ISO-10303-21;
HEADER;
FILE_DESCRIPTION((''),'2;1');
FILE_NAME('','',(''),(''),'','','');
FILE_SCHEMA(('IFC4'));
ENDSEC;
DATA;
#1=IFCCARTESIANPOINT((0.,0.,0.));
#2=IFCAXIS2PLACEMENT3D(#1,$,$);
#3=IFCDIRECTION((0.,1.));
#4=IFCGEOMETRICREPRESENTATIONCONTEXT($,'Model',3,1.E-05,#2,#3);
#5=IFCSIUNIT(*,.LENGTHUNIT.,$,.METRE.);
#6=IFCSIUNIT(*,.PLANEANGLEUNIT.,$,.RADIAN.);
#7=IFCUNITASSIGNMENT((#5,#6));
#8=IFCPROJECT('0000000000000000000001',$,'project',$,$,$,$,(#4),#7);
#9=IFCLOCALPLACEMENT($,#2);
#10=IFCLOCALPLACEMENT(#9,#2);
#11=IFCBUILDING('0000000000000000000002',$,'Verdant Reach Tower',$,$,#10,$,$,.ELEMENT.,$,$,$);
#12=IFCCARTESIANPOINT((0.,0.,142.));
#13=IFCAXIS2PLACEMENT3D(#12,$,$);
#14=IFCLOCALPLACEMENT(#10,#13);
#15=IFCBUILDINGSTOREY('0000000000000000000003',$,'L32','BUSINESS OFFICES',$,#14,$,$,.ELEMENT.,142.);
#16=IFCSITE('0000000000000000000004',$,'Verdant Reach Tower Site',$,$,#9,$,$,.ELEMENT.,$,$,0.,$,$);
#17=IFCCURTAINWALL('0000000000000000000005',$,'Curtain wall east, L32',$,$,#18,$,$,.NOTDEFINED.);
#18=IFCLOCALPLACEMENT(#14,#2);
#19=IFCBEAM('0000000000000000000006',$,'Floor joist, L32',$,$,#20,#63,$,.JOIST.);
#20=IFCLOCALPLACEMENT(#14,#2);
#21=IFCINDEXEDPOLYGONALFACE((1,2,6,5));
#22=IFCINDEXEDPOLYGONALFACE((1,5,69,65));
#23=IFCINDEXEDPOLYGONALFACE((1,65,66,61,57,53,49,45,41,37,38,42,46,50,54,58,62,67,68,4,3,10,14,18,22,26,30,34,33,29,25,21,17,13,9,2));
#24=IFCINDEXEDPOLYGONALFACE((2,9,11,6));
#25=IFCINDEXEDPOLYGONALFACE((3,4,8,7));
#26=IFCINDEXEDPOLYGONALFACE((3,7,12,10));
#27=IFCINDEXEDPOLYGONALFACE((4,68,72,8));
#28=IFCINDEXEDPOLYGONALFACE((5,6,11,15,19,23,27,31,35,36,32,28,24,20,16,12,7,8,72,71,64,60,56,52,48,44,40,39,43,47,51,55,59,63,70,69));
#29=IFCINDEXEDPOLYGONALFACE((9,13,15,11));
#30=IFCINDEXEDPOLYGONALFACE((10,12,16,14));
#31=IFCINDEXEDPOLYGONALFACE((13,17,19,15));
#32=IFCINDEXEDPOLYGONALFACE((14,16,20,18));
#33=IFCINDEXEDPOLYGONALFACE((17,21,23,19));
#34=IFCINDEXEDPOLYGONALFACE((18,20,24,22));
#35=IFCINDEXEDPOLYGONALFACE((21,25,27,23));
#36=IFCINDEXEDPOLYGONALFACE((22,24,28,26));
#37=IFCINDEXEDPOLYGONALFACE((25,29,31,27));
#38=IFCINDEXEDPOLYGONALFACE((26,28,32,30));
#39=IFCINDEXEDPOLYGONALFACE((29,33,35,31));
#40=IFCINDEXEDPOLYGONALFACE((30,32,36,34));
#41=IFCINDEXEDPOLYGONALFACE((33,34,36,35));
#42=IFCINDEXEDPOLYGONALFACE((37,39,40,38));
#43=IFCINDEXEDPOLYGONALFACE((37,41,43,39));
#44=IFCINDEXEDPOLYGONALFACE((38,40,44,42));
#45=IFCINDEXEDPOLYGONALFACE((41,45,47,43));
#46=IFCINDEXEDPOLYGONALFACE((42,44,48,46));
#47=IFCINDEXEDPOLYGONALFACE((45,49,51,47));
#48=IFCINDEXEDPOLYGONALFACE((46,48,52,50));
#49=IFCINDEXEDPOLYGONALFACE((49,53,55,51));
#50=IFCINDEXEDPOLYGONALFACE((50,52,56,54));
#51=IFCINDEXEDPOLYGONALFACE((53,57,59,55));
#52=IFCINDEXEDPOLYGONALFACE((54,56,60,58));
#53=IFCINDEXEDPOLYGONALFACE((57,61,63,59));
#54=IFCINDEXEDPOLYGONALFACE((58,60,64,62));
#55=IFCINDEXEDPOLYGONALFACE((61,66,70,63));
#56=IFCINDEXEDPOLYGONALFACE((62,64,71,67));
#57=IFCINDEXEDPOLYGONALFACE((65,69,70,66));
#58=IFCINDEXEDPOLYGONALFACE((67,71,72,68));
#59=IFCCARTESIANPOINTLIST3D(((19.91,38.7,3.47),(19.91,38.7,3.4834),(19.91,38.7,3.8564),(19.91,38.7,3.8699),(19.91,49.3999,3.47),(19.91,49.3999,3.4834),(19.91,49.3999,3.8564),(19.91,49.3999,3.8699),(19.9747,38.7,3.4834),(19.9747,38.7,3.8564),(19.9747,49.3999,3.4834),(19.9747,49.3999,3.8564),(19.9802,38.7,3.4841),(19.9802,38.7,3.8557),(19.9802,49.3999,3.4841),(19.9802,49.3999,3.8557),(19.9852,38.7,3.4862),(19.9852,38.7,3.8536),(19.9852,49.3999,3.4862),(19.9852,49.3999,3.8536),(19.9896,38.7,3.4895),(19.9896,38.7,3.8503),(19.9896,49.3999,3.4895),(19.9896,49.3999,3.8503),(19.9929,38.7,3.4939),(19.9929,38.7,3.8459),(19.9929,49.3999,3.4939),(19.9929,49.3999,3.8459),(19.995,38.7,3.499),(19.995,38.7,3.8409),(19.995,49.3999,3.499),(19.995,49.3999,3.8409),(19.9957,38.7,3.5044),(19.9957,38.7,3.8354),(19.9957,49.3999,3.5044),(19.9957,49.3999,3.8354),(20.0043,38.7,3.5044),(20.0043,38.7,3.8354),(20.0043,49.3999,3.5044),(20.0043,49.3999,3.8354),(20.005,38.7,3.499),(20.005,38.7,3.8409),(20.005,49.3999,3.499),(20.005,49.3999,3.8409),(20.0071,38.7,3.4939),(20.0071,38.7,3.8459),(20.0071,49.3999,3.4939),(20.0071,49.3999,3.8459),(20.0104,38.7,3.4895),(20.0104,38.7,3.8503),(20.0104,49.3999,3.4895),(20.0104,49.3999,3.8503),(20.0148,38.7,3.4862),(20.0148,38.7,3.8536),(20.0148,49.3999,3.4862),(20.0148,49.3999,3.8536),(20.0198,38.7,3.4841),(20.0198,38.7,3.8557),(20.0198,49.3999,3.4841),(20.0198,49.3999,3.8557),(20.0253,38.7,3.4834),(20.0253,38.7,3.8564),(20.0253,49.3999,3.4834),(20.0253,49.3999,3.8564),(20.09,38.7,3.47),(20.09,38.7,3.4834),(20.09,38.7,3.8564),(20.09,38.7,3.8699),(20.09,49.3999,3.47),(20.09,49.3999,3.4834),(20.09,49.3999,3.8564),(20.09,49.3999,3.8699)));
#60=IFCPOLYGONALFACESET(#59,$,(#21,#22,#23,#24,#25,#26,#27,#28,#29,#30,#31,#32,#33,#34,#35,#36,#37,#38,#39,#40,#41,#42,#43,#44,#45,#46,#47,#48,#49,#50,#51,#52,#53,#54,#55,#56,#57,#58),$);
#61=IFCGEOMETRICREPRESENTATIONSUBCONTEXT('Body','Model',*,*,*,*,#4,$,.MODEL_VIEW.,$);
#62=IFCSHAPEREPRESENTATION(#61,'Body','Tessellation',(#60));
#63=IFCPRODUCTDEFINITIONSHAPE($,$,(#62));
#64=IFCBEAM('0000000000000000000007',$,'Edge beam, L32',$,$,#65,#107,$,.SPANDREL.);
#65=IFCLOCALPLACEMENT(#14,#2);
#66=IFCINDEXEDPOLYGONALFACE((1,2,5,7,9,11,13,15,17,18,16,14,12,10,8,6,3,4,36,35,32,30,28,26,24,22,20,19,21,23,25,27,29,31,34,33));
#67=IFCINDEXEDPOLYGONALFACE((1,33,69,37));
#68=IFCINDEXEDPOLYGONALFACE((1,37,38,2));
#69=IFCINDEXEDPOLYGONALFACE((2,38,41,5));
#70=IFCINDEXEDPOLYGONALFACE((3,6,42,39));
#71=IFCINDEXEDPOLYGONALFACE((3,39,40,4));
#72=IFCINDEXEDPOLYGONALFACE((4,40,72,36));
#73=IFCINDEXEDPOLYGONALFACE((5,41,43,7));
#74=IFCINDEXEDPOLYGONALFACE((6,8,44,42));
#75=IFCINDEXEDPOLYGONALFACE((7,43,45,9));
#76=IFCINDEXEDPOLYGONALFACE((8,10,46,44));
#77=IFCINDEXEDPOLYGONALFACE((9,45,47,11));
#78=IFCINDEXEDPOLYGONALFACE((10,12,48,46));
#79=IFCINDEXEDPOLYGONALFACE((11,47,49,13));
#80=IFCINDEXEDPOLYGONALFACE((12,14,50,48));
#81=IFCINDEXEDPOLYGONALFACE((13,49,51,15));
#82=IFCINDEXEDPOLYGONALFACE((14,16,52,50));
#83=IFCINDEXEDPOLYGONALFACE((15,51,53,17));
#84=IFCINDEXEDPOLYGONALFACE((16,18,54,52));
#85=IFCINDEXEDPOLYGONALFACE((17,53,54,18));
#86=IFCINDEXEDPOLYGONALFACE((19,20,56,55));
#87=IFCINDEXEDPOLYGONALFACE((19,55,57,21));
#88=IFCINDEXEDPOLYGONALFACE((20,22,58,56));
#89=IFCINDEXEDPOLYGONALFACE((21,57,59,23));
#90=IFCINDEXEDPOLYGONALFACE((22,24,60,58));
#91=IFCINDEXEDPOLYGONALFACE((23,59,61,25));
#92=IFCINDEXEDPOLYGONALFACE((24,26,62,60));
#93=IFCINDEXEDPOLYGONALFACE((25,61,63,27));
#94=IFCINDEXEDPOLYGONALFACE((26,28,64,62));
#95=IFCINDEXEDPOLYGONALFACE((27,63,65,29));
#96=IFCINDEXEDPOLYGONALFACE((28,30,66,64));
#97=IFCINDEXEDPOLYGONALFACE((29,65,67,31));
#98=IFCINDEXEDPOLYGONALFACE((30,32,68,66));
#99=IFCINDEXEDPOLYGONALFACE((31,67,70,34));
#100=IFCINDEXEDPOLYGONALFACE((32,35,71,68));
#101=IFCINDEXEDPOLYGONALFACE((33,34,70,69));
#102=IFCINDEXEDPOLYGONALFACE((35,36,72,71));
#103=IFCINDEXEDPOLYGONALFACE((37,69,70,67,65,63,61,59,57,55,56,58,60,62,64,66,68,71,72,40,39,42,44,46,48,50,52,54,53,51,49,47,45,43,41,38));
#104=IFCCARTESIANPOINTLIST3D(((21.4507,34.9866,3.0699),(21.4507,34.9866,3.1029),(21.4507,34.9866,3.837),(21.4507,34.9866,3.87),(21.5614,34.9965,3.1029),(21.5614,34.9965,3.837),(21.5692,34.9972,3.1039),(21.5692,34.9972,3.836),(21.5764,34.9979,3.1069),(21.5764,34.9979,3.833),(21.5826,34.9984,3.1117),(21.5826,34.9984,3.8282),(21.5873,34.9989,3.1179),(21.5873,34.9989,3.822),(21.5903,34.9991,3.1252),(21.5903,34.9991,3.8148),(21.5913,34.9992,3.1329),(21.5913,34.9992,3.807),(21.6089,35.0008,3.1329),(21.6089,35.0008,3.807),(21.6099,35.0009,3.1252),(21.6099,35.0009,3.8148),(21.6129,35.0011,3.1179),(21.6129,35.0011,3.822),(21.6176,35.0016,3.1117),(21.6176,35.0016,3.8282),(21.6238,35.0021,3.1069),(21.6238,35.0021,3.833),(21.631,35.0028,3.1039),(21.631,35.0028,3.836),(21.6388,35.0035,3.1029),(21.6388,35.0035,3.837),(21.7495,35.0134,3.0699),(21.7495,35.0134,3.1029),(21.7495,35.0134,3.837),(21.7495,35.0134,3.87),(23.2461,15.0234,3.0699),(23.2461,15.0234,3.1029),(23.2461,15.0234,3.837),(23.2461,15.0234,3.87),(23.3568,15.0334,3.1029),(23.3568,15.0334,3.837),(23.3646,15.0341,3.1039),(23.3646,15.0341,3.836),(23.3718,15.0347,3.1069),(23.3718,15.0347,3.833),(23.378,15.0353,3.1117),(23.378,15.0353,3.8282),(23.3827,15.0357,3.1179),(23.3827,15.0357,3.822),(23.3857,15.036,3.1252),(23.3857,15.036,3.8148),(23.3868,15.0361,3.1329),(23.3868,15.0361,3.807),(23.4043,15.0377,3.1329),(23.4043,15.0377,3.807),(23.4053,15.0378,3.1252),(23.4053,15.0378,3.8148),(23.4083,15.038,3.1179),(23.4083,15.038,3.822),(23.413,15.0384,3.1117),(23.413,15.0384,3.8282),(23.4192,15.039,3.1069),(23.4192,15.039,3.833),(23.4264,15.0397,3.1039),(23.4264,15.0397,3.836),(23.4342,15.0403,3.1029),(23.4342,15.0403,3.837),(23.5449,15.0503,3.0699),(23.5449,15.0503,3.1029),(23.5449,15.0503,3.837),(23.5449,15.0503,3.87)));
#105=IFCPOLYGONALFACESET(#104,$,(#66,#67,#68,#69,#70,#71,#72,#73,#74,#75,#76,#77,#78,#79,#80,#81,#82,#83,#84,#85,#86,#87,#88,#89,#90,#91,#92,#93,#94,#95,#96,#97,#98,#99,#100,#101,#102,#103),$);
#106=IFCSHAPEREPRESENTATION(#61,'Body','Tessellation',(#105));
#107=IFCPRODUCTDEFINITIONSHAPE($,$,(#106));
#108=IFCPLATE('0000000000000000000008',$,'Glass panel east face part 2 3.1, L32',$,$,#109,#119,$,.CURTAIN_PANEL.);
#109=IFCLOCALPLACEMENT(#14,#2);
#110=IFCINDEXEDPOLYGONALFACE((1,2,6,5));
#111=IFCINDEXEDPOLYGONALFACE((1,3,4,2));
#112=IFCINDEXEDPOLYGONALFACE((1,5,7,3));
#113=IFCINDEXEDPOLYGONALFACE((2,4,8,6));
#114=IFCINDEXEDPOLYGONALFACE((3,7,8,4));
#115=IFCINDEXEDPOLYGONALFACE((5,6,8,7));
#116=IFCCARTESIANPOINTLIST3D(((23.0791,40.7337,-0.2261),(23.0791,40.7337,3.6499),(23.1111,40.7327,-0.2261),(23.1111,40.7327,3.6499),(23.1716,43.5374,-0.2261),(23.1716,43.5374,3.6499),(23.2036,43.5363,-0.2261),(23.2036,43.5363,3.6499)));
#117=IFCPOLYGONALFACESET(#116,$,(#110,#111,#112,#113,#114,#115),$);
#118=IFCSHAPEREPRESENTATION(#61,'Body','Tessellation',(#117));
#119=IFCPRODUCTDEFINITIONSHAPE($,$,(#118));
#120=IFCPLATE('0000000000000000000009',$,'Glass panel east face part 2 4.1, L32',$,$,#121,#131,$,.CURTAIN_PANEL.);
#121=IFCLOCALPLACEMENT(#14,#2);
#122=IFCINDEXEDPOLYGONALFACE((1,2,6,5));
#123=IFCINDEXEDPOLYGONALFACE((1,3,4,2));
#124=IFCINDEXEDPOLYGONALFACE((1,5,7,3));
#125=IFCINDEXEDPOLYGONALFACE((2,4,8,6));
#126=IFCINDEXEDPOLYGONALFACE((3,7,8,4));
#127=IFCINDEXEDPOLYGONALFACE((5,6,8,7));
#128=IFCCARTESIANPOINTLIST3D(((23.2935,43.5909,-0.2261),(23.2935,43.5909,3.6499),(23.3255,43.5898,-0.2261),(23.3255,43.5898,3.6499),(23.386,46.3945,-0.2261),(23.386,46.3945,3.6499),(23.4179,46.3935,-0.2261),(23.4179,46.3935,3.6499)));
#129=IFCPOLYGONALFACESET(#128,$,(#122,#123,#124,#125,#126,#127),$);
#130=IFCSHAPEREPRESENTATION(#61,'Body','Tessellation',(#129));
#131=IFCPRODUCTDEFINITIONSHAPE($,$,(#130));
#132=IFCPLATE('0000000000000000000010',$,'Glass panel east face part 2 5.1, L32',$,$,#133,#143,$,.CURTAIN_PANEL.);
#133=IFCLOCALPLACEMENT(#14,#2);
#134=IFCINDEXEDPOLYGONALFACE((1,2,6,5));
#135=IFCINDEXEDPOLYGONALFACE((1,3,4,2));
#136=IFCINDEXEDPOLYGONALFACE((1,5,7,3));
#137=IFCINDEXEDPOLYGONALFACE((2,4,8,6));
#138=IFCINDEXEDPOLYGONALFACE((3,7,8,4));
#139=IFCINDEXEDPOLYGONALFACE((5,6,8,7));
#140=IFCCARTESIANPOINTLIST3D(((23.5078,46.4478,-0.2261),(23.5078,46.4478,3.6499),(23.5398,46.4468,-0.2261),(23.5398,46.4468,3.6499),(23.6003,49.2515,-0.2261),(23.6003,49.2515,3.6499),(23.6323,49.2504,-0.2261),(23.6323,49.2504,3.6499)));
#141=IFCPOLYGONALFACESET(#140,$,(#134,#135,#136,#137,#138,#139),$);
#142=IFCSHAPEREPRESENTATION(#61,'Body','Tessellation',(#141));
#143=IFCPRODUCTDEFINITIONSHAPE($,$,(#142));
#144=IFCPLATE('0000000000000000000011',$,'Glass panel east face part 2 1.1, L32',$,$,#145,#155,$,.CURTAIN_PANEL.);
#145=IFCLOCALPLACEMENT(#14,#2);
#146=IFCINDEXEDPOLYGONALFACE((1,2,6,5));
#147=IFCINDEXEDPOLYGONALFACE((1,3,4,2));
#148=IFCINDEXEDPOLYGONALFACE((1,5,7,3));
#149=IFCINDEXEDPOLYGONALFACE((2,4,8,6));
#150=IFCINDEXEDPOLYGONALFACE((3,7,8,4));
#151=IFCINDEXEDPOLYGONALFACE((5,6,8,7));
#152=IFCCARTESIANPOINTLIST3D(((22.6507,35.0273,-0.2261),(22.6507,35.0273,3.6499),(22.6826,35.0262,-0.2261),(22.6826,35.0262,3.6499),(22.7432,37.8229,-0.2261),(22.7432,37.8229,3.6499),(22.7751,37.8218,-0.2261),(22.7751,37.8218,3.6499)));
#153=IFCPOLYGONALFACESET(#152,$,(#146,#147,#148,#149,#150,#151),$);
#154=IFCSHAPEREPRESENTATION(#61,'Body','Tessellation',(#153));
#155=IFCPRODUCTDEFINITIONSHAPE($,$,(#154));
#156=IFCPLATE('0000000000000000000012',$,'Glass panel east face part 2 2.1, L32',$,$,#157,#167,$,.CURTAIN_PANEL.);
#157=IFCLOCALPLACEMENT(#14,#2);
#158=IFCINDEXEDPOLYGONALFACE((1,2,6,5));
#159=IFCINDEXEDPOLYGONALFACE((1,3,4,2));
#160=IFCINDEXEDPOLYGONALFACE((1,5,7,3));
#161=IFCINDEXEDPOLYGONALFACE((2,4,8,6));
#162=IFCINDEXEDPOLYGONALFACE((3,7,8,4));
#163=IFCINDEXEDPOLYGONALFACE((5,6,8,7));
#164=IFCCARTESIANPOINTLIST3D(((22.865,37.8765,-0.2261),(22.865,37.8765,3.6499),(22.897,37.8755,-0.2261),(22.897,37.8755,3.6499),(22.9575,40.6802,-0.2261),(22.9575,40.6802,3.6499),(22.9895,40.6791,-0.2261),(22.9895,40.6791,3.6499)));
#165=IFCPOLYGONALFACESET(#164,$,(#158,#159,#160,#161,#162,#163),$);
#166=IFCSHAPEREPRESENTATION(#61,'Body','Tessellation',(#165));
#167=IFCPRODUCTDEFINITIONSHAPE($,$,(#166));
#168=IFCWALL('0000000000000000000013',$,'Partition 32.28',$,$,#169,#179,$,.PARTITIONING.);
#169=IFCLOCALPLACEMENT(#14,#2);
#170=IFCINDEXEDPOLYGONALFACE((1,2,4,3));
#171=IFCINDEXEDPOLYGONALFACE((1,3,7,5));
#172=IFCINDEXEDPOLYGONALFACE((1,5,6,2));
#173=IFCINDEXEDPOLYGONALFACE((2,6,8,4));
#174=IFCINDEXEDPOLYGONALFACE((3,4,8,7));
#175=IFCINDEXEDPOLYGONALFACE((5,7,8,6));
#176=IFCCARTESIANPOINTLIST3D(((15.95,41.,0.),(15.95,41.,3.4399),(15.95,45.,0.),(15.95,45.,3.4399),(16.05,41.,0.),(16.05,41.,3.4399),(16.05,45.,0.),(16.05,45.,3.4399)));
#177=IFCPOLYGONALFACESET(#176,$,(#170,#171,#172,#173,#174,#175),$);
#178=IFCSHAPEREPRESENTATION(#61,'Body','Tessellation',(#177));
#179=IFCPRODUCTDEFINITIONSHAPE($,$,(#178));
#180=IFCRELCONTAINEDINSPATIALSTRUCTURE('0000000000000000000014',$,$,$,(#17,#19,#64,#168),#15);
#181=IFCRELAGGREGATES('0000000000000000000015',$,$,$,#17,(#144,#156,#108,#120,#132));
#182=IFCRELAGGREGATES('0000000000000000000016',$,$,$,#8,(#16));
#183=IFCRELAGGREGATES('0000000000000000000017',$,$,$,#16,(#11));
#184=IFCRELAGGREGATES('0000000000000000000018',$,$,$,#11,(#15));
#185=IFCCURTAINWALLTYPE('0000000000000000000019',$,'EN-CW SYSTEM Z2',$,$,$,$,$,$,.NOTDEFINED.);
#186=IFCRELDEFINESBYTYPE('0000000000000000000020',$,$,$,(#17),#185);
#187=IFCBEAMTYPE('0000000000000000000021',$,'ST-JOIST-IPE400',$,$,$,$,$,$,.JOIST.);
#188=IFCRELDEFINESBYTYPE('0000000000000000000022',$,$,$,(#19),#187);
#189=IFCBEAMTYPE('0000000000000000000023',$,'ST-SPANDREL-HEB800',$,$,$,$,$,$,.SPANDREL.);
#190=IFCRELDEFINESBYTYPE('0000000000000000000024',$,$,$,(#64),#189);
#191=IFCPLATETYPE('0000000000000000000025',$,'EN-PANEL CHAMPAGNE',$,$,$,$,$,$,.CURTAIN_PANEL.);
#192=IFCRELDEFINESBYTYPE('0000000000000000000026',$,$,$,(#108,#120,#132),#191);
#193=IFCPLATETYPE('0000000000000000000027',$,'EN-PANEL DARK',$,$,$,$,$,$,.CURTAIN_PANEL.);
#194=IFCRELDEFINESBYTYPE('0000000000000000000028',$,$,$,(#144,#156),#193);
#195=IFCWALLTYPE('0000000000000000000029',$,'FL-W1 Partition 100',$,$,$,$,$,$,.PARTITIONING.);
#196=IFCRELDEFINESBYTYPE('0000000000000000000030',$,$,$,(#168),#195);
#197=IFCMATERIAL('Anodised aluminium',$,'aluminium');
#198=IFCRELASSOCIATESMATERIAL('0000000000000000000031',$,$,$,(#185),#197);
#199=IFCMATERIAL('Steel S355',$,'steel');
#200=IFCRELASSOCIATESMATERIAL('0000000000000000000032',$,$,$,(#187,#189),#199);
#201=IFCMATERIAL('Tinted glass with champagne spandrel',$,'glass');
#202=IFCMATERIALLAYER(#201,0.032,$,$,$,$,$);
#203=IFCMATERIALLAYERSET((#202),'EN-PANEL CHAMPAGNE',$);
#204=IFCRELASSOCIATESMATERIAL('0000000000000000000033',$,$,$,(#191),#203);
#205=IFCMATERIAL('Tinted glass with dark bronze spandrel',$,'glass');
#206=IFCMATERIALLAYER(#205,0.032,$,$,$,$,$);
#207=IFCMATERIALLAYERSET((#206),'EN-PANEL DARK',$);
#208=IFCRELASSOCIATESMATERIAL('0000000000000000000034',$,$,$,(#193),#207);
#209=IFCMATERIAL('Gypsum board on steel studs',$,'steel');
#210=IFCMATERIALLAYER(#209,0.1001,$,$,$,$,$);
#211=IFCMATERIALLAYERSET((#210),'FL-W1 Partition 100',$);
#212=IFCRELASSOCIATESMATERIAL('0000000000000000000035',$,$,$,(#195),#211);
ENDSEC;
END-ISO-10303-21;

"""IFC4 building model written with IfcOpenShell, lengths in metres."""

from ifc_helpers import new_model, si_unit, direction, frame, frame_2d, origin, origin_2d, place, context, subcontext, project, spatial, rectangle, i_section, extrude, material, layer, layer_set, material_profile, profile_set, type_object, element, aggregate, save


model = new_model("IFC4")

# Units and contexts
model_context = context("Model", 3, precision=1e-05, world=origin(), true_north=direction((0.0, 1.0)))
body_context = subcontext(model_context, "Body", "Model", "MODEL_VIEW")
ifc_project = project(units=[si_unit("LENGTHUNIT", "METRE"), si_unit("PLANEANGLEUNIT", "RADIAN")], contexts=[model_context])

# Site, building, storey
site_placement = place(None, origin())
site = spatial("IfcSite", under=ifc_project, at=site_placement, Name="Verdant Reach Tower Site", CompositionType="ELEMENT", RefElevation=0.0)
building_placement = place(site_placement, origin())
building = spatial("IfcBuilding", under=site, at=building_placement, Name="Verdant Reach Tower", CompositionType="ELEMENT")
storey_placement = place(building_placement, frame((0.0, 0.0, 142.0)))
storey = spatial("IfcBuildingStorey", under=building, at=storey_placement, Name="L32", Description="BUSINESS OFFICES", CompositionType="ELEMENT", Elevation=142.0)

# Curtain wall
ifc_material_1 = material(Name="Anodised aluminium", Category="aluminium")
curtain_wall_type = type_object("IfcCurtainWallType", Name="EN-CW SYSTEM Z2", PredefinedType="NOTDEFINED", material=ifc_material_1)
curtain_wall_placement = place(storey_placement, origin())
curtain_wall = element("IfcCurtainWall", 1, at=curtain_wall_placement, inside=storey, type_object=curtain_wall_type, Name="Curtain wall east, L32", PredefinedType="NOTDEFINED")

# Beams
ifc_material_2 = material(Name="Steel S355", Category="steel")
ifc_material_profile_1 = material_profile(ifc_material_2, i_section(OverallWidth=0.1799, OverallDepth=0.3999, WebThickness=0.0085, FlangeThickness=0.0134, FilletRadius=0.021, at=origin_2d()), Name="IPE 400")
ifc_profile_set_1 = profile_set([ifc_material_profile_1], Name="Steel S355")
beam_type_1 = type_object("IfcBeamType", Name="ST-JOIST-IPE400", PredefinedType="JOIST", material=ifc_profile_set_1)
for number, where, z_axis, x_axis, name in (
    (2, (20.0, 38.7, 3.6699), (0.0, 1.0, 0.0), (-1.0, 0.0, 0.0), "Floor joist, L32"),
):
    element("IfcBeam", number, at=place(storey_placement, frame(where, z_axis=z_axis, x_axis=x_axis)), inside=storey, type_object=beam_type_1, Name=name, PredefinedType="JOIST", context=body_context, shape_type="SweptSolid", body=[
        extrude(i_section(OverallWidth=0.1799, OverallDepth=0.3999, WebThickness=0.0085, FlangeThickness=0.0134, FilletRadius=0.021, at=origin_2d()), origin(), (0.0, 0.0, 1.0), 10.7),
    ])
ifc_material_profile_2 = material_profile(ifc_material_2, i_section(OverallWidth=0.3, OverallDepth=0.8, WebThickness=0.0176, FlangeThickness=0.033, FilletRadius=0.03, at=origin_2d()), Name="HEB 800")
ifc_profile_set_2 = profile_set([ifc_material_profile_2], Name="Steel S355")
beam_type_2 = type_object("IfcBeamType", Name="ST-SPANDREL-HEB800", PredefinedType="SPANDREL", material=ifc_profile_set_2)
beam_1_placement = place(storey_placement, frame((21.6001, 35.0, 3.47), z_axis=(0.089575, -0.99598, 0.0), x_axis=(0.99598, 0.089575, 0.0)))
element("IfcBeam", 3, at=beam_1_placement, inside=storey, type_object=beam_type_2, Name="Edge beam, L32", PredefinedType="SPANDREL", context=body_context, shape_type="SweptSolid", body=[
    extrude(i_section(OverallWidth=0.3, OverallDepth=0.8, WebThickness=0.0176, FlangeThickness=0.033, FilletRadius=0.03, at=origin_2d()), origin(), (0.0, 0.0, 1.0), 20.0437),
])

# Plates
ifc_material_3 = material(Name="Tinted glass with champagne spandrel", Category="glass")
ifc_layer_1 = layer(ifc_material_3, 0.032)
ifc_layer_set_1 = layer_set([ifc_layer_1], Name="EN-PANEL CHAMPAGNE")
plate_type_1 = type_object("IfcPlateType", Name="EN-PANEL CHAMPAGNE", PredefinedType="CURTAIN_PANEL", material=ifc_layer_set_1)
plate_1_placement = place(storey_placement, frame((23.1414, 42.135, -0.2261), z_axis=(0.0, 0.0, 1.0), x_axis=(0.032966, 0.999456, 0.0)))
plate_1 = element("IfcPlate", 4, at=plate_1_placement, type_object=plate_type_1, Name="Glass panel east face part 2 3.1, L32", PredefinedType="CURTAIN_PANEL", context=body_context, shape_type="SweptSolid", body=[
    extrude(rectangle(XDim=2.8052, YDim=0.032, at=origin_2d()), origin(), (0.0, 0.0, 1.0), 3.876),
])
plate_2_placement = place(storey_placement, frame((23.3557, 44.9922, -0.2261), z_axis=(0.0, 0.0, 1.0), x_axis=(0.032966, 0.999456, 0.0)))
plate_2 = element("IfcPlate", 5, at=plate_2_placement, type_object=plate_type_1, Name="Glass panel east face part 2 4.1, L32", PredefinedType="CURTAIN_PANEL", context=body_context, shape_type="SweptSolid", body=[
    extrude(rectangle(XDim=2.8052, YDim=0.032, at=origin_2d()), origin(), (0.0, 0.0, 1.0), 3.876),
])
plate_3_placement = place(storey_placement, frame((23.5701, 47.8491, -0.2261), z_axis=(0.0, 0.0, 1.0), x_axis=(0.032966, 0.999456, 0.0)))
plate_3 = element("IfcPlate", 6, at=plate_3_placement, type_object=plate_type_1, Name="Glass panel east face part 2 5.1, L32", PredefinedType="CURTAIN_PANEL", context=body_context, shape_type="SweptSolid", body=[
    extrude(rectangle(XDim=2.8052, YDim=0.032, at=origin_2d()), origin(), (0.0, 0.0, 1.0), 3.876),
])
ifc_material_4 = material(Name="Tinted glass with dark bronze spandrel", Category="glass")
ifc_layer_2 = layer(ifc_material_4, 0.032)
ifc_layer_set_2 = layer_set([ifc_layer_2], Name="EN-PANEL DARK")
plate_type_2 = type_object("IfcPlateType", Name="EN-PANEL DARK", PredefinedType="CURTAIN_PANEL", material=ifc_layer_set_2)
plate_4_placement = place(storey_placement, frame((22.7129, 36.4246, -0.2261), z_axis=(0.0, 0.0, 1.0), x_axis=(0.03307, 0.999453, 0.0)))
plate_4 = element("IfcPlate", 7, at=plate_4_placement, type_object=plate_type_2, Name="Glass panel east face part 2 1.1, L32", PredefinedType="CURTAIN_PANEL", context=body_context, shape_type="SweptSolid", body=[
    extrude(rectangle(XDim=2.7971, YDim=0.032, at=origin_2d()), origin(), (0.0, 0.0, 1.0), 3.876),
])
plate_5_placement = place(storey_placement, frame((22.9272, 39.2778, -0.2261), z_axis=(0.0, 0.0, 1.0), x_axis=(0.032966, 0.999456, 0.0)))
plate_5 = element("IfcPlate", 8, at=plate_5_placement, type_object=plate_type_2, Name="Glass panel east face part 2 2.1, L32", PredefinedType="CURTAIN_PANEL", context=body_context, shape_type="SweptSolid", body=[
    extrude(rectangle(XDim=2.8052, YDim=0.032, at=origin_2d()), origin(), (0.0, 0.0, 1.0), 3.876),
])
aggregate(curtain_wall, [plate_4, plate_5, plate_1, plate_2, plate_3])

# Wall
ifc_material_5 = material(Name="Gypsum board on steel studs", Category="steel")
ifc_layer_3 = layer(ifc_material_5, 0.1001)
ifc_layer_set_3 = layer_set([ifc_layer_3], Name="FL-W1 Partition 100")
wall_type_1 = type_object("IfcWallType", Name="FL-W1 Partition 100", PredefinedType="PARTITIONING", material=ifc_layer_set_3)
wall_1_placement = place(storey_placement, frame((16.0, 45.0, 0.0), z_axis=(0.0, 0.0, 1.0), x_axis=(0.0, -1.0, 0.0)))
element("IfcWall", 9, at=wall_1_placement, inside=storey, type_object=wall_type_1, Name="Partition 32.28", PredefinedType="PARTITIONING", context=body_context, shape_type="SweptSolid", body=[
    extrude(rectangle(XDim=4.0, YDim=0.1001, at=frame_2d((2.0, 0.0))), origin(), (0.0, 0.0, 1.0), 3.4399),
])

save(model, "model.ifc")
